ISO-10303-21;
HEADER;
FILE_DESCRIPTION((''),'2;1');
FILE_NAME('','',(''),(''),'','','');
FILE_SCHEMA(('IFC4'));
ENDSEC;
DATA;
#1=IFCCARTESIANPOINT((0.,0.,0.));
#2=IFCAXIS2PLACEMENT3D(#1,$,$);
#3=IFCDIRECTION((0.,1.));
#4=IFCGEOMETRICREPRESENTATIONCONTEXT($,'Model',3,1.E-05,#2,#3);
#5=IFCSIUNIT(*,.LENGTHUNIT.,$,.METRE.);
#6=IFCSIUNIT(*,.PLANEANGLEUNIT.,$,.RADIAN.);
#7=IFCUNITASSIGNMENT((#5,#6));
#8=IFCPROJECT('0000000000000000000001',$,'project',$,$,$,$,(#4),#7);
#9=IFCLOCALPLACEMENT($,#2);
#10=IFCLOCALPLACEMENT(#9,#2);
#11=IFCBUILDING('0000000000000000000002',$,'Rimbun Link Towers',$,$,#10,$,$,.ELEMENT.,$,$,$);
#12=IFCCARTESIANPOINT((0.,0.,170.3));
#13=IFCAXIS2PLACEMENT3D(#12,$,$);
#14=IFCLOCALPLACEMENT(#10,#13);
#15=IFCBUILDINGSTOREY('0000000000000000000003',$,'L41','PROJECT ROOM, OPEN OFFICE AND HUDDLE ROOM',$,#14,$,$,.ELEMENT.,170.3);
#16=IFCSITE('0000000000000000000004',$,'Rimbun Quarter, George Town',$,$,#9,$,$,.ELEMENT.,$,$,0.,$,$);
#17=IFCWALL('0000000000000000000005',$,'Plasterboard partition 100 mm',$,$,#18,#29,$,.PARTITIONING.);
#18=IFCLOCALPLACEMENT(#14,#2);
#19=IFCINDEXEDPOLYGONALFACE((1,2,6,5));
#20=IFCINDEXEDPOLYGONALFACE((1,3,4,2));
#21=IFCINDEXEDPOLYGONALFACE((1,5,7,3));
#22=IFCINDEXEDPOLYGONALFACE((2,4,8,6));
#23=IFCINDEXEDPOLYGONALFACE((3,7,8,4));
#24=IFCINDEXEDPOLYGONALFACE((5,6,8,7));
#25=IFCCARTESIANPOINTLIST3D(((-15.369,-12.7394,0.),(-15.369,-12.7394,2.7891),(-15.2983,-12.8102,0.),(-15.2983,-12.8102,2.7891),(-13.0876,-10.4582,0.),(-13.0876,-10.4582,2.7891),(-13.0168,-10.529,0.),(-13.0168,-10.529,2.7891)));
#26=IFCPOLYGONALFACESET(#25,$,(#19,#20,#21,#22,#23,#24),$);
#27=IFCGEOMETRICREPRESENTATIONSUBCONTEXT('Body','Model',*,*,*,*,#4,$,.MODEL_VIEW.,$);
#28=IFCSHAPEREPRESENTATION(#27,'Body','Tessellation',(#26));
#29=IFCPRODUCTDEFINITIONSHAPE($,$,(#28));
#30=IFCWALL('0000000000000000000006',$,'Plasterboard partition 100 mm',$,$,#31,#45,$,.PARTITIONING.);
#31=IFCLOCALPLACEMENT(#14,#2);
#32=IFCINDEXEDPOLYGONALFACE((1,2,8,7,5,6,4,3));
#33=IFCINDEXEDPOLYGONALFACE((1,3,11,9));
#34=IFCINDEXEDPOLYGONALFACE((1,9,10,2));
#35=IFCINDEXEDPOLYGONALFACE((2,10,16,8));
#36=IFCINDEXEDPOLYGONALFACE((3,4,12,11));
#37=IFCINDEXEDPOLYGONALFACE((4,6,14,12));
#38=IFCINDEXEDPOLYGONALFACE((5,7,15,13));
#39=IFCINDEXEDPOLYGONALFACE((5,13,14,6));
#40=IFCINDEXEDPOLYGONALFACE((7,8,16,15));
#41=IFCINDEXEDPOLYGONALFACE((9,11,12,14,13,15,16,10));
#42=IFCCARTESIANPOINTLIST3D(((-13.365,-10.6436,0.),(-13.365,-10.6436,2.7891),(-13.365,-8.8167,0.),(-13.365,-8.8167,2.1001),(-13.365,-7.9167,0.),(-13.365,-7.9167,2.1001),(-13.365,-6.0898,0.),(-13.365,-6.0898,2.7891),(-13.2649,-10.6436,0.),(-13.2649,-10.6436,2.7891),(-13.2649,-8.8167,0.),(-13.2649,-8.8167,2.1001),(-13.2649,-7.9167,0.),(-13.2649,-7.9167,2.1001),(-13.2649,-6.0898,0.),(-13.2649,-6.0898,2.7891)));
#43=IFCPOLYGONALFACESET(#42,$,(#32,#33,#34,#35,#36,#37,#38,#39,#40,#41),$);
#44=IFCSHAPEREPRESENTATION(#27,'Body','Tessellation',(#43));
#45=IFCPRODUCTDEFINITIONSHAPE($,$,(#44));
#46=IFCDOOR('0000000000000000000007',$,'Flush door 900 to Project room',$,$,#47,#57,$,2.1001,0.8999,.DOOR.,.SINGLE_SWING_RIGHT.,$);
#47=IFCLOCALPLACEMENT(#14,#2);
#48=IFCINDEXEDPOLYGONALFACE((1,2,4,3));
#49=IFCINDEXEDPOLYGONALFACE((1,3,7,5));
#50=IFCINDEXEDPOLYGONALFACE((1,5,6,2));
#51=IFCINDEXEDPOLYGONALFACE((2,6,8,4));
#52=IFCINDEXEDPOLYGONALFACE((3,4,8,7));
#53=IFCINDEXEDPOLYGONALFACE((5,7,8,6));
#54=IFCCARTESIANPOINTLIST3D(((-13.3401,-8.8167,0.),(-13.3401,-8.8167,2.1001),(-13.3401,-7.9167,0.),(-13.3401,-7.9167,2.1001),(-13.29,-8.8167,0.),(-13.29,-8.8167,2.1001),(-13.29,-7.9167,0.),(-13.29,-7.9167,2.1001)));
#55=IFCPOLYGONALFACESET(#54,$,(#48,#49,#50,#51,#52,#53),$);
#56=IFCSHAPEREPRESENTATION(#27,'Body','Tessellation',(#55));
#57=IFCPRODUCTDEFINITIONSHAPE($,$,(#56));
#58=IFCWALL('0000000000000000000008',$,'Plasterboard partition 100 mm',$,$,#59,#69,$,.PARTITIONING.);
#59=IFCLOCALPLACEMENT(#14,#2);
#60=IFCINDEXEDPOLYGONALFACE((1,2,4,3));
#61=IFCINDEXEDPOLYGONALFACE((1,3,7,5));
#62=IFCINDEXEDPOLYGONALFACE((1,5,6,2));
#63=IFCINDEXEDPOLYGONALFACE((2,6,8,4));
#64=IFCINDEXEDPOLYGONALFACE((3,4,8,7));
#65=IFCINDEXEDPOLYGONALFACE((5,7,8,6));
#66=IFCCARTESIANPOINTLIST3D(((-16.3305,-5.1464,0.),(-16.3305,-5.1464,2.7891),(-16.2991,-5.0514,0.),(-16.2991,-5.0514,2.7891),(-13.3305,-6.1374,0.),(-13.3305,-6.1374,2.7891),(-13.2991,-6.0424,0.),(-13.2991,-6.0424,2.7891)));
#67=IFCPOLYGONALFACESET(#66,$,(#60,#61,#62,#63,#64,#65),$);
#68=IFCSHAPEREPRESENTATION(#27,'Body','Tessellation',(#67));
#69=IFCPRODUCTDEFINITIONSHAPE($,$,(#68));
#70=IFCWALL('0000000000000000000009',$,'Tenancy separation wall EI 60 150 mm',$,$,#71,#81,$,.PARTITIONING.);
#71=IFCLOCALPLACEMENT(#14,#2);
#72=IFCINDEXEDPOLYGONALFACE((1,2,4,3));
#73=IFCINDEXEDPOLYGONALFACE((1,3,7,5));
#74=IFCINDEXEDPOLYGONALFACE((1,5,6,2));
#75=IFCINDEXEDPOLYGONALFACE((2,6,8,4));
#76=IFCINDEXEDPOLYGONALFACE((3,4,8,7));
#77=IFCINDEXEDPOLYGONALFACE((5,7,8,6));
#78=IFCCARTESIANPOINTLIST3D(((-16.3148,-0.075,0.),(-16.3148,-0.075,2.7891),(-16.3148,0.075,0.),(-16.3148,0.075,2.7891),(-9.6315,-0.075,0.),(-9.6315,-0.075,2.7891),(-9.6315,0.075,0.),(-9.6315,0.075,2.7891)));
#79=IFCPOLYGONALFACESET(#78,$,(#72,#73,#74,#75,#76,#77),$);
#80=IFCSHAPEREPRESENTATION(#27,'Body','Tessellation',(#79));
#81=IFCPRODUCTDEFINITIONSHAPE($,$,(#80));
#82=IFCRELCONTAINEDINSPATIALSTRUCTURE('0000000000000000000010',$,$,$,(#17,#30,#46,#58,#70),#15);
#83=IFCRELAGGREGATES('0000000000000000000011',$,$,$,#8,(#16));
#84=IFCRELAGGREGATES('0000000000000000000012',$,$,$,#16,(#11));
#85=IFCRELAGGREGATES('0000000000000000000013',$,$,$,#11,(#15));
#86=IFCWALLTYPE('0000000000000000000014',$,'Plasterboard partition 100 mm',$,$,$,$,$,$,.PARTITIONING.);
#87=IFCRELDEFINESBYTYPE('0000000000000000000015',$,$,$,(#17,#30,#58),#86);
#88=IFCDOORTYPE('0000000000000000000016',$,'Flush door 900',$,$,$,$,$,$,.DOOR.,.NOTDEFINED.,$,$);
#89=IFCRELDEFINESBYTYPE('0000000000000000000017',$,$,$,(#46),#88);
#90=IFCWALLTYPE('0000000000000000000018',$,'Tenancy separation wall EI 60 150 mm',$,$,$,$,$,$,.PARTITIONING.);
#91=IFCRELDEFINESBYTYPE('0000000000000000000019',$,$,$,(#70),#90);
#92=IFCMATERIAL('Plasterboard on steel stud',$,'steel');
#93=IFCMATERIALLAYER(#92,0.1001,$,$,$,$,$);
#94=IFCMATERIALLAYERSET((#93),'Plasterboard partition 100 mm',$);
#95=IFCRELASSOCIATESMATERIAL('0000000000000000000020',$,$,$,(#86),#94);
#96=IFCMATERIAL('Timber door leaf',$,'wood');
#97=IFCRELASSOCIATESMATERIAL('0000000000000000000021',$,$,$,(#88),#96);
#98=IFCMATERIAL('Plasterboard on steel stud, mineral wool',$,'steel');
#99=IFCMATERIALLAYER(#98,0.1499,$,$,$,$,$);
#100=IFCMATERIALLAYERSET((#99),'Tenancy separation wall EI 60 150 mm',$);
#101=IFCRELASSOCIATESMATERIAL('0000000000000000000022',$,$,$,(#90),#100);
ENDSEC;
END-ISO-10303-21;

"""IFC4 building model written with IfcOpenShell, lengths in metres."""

from ifc_helpers import new_model, si_unit, direction, frame, frame_2d, origin, place, context, subcontext, project, spatial, rectangle, extrude, material, layer, layer_set, type_object, element, fill, save


model = new_model("IFC4")

# Units and contexts
model_context = context("Model", 3, precision=1e-05, world=origin(), true_north=direction((0.0, 1.0)))
body_context = subcontext(model_context, "Body", "Model", "MODEL_VIEW")
ifc_project = project(units=[si_unit("LENGTHUNIT", "METRE"), si_unit("PLANEANGLEUNIT", "RADIAN")], contexts=[model_context])

# Site, building, storey
site_placement = place(None, origin())
site = spatial("IfcSite", under=ifc_project, at=site_placement, Name="Rimbun Quarter, George Town", CompositionType="ELEMENT", RefElevation=0.0)
building_placement = place(site_placement, origin())
building = spatial("IfcBuilding", under=site, at=building_placement, Name="Rimbun Link Towers", CompositionType="ELEMENT")
storey_placement = place(building_placement, frame((0.0, 0.0, 170.3)))
storey = spatial("IfcBuildingStorey", under=building, at=storey_placement, Name="L41", Description="PROJECT ROOM, OPEN OFFICE AND HUDDLE ROOM", CompositionType="ELEMENT", Elevation=170.3)

# Shared definitions
ifc_material_1 = material(Name="Plasterboard on steel stud", Category="steel")
ifc_layer_1 = layer(ifc_material_1, 0.1001)
ifc_layer_set_1 = layer_set([ifc_layer_1], Name="Plasterboard partition 100 mm")
wall_type_1 = type_object("IfcWallType", Name="Plasterboard partition 100 mm", PredefinedType="PARTITIONING", material=ifc_layer_set_1)
ifc_material_2 = material(Name="Timber door leaf", Category="wood")
door_type_1 = type_object("IfcDoorType", Name="Flush door 900", OperationType="NOTDEFINED", PredefinedType="DOOR", material=ifc_material_2)

# Wall
wall_1_placement = place(storey_placement, frame((-15.3337, -12.7749, 0.0), z_axis=(0.0, 0.0, 1.0), x_axis=(0.707145, 0.707069, 0.0)))
element("IfcWall", 1, at=wall_1_placement, inside=storey, type_object=wall_type_1, Name="Plasterboard partition 100 mm", PredefinedType="PARTITIONING", context=body_context, shape_type="SweptSolid", body=[
    extrude(rectangle(XDim=3.2263, YDim=0.1001, at=frame_2d((1.6133, 0.0))), origin(), (0.0, 0.0, 1.0), 2.7891),
])

# Wall, opening, door
wall_2_placement = place(storey_placement, frame((-13.3149, -6.0898, 0.0), z_axis=(0.0, 0.0, 1.0), x_axis=(0.0, -1.0, 0.0)))
wall_2 = element("IfcWall", 2, at=wall_2_placement, inside=storey, type_object=wall_type_1, Name="Plasterboard partition 100 mm", PredefinedType="PARTITIONING", context=body_context, shape_type="SweptSolid", body=[
    extrude(rectangle(XDim=4.5537, YDim=0.1001, at=frame_2d((2.2769, 0.0))), origin(), (0.0, 0.0, 1.0), 2.7891),
])
opening_1_placement = place(wall_2_placement, frame((1.8269, 0.0, 0.0)))
opening_1 = element("IfcOpeningElement", 3, at=opening_1_placement, cuts=wall_2, PredefinedType="OPENING", context=body_context, shape_type="SweptSolid", body=[
    extrude(rectangle(XDim=0.8999, YDim=2.1001, at=frame_2d((0.45, 1.05))), frame((0.0, 0.0601, 0.0), z_axis=(0.0, -1.0, 0.0), x_axis=(1.0, 0.0, 0.0)), (0.0, 0.0, 1.0), 0.1201),
])
door_1_placement = place(opening_1_placement, origin())
door_1 = element("IfcDoor", 4, at=door_1_placement, inside=storey, type_object=door_type_1, Name="Flush door 900 to Project room", OperationType="SINGLE_SWING_RIGHT", OverallHeight=2.1001, OverallWidth=0.8999, PredefinedType="DOOR", context=body_context, shape_type="SweptSolid", body=[
    extrude(rectangle(XDim=0.8999, YDim=2.1001, at=frame_2d((0.45, 1.05))), frame((0.0, 0.0249, 0.0), z_axis=(0.0, -1.0, 0.0), x_axis=(1.0, 0.0, 0.0)), (0.0, 0.0, 1.0), 0.05),
])
fill(opening_1, door_1)

# Walls
wall_3_placement = place(storey_placement, frame((-13.3149, -6.0898, 0.0), z_axis=(0.0, 0.0, 1.0), x_axis=(-0.949538, 0.313653, 0.0)))
element("IfcWall", 5, at=wall_3_placement, inside=storey, type_object=wall_type_1, Name="Plasterboard partition 100 mm", PredefinedType="PARTITIONING", context=body_context, shape_type="SweptSolid", body=[
    extrude(rectangle(XDim=3.1594, YDim=0.1001, at=frame_2d((1.5796, 0.0))), origin(), (0.0, 0.0, 1.0), 2.7891),
])
ifc_material_3 = material(Name="Plasterboard on steel stud, mineral wool", Category="steel")
ifc_layer_2 = layer(ifc_material_3, 0.1499)
ifc_layer_set_2 = layer_set([ifc_layer_2], Name="Tenancy separation wall EI 60 150 mm")
wall_type_2 = type_object("IfcWallType", Name="Tenancy separation wall EI 60 150 mm", PredefinedType="PARTITIONING", material=ifc_layer_set_2)
wall_4_placement = place(storey_placement, frame((-16.3149, 0.0, 0.0), z_axis=(0.0, 0.0, 1.0), x_axis=(1.0, 0.0, 0.0)))
element("IfcWall", 6, at=wall_4_placement, inside=storey, type_object=wall_type_2, Name="Tenancy separation wall EI 60 150 mm", PredefinedType="PARTITIONING", context=body_context, shape_type="SweptSolid", body=[
    extrude(rectangle(XDim=6.6833, YDim=0.1499, at=frame_2d((3.3418, 0.0))), origin(), (0.0, 0.0, 1.0), 2.7891),
])

save(model, "model.ifc")
